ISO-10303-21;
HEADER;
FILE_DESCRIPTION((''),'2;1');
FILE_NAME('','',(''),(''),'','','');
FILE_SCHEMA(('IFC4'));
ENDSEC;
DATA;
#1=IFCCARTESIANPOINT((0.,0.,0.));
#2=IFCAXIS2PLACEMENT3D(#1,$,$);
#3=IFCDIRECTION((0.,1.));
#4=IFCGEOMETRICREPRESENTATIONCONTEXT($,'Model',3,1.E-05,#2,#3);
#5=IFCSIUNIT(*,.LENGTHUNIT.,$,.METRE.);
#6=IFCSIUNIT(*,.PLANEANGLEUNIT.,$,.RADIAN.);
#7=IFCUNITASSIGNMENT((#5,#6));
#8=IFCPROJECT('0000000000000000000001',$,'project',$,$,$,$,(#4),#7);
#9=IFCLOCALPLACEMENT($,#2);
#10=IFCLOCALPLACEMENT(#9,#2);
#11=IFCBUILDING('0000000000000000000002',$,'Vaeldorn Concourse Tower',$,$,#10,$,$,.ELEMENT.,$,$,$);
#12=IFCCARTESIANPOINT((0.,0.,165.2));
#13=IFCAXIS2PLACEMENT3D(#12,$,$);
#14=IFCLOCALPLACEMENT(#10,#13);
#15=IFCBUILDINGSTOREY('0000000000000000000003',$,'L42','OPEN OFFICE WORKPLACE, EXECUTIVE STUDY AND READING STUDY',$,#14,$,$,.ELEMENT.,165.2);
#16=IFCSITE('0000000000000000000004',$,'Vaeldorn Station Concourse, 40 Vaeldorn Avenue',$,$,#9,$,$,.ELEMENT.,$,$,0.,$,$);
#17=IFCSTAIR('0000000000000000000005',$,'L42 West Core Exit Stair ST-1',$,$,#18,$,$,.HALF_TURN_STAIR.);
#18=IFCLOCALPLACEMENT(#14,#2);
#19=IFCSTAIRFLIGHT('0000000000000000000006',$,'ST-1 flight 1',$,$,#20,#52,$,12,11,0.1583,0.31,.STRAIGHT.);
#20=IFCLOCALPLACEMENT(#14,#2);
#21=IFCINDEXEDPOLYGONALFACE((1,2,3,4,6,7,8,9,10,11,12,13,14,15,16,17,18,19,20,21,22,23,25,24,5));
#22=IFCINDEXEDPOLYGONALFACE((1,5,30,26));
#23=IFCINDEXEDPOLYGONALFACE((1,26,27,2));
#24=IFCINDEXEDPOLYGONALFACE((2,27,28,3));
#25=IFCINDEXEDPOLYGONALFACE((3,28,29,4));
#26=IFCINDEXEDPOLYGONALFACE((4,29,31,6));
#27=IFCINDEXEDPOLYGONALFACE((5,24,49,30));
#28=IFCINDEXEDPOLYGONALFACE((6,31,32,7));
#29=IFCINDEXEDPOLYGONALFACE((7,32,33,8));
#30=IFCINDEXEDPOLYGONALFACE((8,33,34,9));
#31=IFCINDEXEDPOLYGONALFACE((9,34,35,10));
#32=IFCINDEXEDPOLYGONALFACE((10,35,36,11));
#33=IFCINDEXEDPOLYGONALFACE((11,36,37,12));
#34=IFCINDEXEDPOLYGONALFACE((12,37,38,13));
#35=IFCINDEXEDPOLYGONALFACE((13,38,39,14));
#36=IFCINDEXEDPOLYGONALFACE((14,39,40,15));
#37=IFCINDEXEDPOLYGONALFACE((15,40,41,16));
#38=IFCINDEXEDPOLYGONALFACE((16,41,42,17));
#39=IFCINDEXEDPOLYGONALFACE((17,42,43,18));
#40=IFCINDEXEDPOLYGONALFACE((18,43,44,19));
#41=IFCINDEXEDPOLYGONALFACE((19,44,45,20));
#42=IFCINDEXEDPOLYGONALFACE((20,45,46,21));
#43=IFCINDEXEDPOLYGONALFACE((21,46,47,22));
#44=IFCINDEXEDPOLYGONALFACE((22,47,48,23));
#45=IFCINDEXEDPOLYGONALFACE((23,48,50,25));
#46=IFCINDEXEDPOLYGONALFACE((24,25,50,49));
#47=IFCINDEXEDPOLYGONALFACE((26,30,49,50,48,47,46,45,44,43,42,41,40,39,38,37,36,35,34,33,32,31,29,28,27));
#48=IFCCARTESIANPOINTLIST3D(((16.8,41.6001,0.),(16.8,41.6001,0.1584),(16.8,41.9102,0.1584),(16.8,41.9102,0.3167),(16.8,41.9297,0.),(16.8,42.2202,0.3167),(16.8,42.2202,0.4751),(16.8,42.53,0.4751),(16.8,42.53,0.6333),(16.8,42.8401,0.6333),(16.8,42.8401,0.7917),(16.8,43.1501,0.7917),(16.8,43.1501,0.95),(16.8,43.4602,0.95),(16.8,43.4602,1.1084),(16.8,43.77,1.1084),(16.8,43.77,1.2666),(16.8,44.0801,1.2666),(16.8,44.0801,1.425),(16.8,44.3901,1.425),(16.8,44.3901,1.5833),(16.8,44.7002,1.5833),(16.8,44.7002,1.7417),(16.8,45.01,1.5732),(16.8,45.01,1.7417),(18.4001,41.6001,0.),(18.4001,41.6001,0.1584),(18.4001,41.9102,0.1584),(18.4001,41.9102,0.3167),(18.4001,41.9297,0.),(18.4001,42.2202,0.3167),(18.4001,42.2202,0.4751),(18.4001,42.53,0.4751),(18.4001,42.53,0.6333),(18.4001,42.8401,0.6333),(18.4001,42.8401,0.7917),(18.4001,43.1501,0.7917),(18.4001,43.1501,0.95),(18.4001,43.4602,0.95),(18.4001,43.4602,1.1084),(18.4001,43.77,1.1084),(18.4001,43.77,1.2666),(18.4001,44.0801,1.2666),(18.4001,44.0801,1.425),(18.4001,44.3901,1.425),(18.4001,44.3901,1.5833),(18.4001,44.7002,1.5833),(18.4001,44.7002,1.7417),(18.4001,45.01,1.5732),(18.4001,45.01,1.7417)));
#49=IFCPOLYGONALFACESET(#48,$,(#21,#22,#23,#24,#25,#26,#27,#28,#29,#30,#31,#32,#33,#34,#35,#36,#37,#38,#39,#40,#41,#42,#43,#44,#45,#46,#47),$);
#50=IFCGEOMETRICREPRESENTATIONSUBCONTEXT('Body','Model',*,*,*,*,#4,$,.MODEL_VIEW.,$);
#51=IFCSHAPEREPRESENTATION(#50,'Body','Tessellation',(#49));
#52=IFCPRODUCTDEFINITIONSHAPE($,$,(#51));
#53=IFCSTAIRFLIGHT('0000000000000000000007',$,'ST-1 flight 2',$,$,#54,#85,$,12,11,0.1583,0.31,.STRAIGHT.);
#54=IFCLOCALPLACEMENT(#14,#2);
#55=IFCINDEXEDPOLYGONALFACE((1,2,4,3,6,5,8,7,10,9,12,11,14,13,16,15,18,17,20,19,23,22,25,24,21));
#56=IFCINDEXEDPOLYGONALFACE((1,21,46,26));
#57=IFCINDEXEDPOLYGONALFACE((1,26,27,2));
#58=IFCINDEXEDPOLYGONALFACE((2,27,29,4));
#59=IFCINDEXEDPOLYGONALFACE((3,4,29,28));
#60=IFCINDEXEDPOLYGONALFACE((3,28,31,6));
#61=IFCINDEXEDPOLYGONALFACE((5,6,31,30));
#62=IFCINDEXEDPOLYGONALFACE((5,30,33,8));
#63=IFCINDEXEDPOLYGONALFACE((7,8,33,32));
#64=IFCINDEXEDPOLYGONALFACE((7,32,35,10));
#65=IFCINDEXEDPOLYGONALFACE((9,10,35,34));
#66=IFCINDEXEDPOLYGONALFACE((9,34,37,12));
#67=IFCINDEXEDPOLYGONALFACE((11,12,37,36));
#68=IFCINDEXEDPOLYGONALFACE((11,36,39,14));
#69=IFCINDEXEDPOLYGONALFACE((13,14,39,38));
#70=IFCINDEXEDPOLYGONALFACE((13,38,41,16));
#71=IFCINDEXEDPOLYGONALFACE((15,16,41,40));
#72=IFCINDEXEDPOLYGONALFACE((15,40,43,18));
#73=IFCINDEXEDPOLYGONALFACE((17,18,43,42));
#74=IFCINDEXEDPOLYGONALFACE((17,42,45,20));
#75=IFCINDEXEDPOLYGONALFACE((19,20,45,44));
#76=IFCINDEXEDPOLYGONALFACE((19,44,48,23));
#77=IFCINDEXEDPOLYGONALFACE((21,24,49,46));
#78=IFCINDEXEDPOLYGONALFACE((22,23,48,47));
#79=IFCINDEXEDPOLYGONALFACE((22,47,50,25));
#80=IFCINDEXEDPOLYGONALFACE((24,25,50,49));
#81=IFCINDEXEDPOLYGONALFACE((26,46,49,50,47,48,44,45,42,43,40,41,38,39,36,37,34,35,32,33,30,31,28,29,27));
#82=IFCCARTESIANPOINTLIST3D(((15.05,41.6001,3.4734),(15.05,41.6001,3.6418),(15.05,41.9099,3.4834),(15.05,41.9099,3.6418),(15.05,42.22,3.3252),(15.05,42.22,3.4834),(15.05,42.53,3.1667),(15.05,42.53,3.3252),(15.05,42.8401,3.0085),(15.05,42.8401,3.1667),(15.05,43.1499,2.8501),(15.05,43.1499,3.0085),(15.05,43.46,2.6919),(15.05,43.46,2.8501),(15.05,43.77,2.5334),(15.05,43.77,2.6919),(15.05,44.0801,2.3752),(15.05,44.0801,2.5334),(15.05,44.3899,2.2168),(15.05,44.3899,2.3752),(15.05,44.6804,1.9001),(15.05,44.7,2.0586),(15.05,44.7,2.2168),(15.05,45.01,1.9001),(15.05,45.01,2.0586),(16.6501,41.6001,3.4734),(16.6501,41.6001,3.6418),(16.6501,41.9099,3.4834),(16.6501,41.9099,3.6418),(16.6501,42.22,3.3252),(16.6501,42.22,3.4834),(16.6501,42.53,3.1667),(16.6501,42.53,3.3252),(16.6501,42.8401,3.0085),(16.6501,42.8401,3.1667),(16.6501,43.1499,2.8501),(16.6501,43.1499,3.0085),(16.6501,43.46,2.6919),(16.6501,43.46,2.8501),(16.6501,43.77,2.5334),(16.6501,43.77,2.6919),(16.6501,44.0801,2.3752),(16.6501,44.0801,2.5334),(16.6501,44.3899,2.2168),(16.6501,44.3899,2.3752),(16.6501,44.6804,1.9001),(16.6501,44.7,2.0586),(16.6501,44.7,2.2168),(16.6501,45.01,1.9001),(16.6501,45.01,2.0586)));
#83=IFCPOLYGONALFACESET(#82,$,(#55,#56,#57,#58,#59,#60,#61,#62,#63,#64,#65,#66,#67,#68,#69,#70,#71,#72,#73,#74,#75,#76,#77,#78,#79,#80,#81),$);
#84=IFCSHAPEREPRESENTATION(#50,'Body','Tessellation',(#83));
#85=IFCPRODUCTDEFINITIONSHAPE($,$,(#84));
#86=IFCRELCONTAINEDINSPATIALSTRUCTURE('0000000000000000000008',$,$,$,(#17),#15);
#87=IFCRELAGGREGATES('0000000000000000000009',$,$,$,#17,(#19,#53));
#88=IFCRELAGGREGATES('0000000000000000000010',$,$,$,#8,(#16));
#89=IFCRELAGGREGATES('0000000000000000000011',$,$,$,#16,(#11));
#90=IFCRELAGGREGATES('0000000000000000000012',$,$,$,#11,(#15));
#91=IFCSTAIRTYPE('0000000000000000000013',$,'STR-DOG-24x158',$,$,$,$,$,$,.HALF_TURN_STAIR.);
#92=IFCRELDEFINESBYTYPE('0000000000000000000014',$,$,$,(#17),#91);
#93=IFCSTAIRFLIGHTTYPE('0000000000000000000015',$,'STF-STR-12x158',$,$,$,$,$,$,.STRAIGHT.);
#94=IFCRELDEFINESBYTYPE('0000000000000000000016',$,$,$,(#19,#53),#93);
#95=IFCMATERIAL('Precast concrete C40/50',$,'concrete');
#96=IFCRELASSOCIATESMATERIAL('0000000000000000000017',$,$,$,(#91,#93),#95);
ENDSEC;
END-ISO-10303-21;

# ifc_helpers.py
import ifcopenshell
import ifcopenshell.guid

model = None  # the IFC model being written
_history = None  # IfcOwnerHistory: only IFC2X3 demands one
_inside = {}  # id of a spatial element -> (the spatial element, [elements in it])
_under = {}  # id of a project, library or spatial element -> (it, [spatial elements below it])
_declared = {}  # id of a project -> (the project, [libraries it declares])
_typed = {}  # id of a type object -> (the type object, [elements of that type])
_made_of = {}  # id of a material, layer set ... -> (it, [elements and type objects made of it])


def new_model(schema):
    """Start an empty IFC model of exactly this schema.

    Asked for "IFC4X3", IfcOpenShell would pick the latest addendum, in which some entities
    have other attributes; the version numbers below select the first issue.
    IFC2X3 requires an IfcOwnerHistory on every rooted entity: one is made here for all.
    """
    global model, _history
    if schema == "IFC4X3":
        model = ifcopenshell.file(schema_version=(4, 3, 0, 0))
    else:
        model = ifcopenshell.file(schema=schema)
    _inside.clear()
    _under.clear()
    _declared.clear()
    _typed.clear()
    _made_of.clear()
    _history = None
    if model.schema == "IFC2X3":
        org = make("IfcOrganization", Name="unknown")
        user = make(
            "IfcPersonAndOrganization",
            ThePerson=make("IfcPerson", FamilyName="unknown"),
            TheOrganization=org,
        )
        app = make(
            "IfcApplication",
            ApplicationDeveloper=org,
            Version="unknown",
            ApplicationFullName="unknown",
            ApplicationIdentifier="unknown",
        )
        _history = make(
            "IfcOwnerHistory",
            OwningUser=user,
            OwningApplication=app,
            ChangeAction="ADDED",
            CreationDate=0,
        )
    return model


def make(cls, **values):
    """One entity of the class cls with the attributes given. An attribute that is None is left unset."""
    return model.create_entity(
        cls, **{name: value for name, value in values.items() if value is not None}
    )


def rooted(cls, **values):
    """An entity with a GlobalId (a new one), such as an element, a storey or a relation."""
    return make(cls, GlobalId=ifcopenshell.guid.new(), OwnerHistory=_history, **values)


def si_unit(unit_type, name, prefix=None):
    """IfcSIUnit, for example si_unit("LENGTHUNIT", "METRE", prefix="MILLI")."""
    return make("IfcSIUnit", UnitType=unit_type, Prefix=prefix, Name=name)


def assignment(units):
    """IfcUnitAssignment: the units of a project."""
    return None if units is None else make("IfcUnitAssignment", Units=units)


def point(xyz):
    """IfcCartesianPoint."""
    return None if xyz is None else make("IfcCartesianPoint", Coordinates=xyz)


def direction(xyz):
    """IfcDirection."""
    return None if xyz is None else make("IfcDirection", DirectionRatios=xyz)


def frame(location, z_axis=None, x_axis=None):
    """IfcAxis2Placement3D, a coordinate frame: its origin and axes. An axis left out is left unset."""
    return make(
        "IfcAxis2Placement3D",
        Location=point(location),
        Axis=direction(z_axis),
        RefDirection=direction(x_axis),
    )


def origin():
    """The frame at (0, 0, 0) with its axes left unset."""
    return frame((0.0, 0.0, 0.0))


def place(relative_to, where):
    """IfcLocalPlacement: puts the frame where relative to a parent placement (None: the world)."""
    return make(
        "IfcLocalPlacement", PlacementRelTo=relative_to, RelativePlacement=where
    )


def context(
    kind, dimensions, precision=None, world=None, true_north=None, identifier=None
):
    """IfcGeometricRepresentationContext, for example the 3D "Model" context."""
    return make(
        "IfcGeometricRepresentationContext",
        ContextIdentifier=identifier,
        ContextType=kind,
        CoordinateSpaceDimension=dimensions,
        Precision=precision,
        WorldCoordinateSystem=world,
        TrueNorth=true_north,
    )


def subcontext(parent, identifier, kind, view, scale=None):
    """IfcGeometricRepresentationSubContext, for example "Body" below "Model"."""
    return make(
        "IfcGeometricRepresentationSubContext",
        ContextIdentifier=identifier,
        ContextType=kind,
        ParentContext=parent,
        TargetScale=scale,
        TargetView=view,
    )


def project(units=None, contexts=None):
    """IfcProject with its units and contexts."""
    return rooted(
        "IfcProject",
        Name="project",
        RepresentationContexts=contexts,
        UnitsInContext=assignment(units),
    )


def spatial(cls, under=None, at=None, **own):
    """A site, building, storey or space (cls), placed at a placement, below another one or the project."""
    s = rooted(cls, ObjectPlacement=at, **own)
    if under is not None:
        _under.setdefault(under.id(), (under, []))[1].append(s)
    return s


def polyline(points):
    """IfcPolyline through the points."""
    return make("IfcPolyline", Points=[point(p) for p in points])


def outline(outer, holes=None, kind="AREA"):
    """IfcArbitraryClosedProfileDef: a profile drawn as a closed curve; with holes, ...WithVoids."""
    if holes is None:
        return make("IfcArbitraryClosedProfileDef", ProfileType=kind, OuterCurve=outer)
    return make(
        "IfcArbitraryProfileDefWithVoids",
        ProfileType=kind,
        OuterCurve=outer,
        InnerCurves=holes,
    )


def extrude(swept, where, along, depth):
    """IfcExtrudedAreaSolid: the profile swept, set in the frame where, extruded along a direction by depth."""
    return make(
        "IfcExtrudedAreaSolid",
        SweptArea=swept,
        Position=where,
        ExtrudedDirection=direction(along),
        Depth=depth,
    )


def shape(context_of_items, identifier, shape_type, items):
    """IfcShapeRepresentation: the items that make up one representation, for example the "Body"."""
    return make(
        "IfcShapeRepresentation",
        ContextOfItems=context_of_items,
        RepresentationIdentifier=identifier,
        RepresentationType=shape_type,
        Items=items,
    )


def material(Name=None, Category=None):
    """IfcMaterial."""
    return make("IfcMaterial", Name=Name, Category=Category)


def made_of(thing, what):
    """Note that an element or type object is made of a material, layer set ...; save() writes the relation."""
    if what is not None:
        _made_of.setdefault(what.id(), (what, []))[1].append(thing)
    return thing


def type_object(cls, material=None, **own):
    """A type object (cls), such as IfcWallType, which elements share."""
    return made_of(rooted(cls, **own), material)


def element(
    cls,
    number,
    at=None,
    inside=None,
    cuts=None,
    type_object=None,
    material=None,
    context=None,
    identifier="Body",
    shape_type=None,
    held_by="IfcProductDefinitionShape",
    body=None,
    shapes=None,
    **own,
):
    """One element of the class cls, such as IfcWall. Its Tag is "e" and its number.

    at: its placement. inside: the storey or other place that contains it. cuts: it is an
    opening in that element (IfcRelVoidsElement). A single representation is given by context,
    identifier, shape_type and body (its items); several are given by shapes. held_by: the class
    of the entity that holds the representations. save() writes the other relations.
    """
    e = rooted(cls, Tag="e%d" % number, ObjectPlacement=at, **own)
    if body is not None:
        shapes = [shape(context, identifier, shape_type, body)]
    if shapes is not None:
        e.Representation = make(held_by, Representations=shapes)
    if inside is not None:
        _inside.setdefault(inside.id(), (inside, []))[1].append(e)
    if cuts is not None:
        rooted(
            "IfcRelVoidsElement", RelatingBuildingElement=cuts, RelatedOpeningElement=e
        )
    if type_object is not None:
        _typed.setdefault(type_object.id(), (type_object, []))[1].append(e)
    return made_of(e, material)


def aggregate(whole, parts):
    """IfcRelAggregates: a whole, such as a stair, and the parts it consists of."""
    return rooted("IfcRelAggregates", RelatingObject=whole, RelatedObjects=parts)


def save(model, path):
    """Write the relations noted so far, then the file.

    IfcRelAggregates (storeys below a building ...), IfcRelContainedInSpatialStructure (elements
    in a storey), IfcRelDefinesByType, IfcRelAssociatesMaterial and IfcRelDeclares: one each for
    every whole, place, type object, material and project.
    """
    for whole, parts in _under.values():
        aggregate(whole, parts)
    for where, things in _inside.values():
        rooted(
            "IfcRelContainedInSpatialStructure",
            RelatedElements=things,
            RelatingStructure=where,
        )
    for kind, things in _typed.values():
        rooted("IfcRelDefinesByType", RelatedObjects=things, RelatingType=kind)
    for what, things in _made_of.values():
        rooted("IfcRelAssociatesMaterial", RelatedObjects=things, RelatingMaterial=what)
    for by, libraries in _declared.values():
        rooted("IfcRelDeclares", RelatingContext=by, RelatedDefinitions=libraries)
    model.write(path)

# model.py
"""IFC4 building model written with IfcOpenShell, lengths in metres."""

from ifc_helpers import new_model, si_unit, direction, frame, origin, place, context, subcontext, project, spatial, polyline, outline, extrude, material, type_object, element, aggregate, save


model = new_model("IFC4")

# Units and contexts
model_context = context("Model", 3, precision=1e-05, world=origin(), true_north=direction((0.0, 1.0)))
body_context = subcontext(model_context, "Body", "Model", "MODEL_VIEW")
ifc_project = project(units=[si_unit("LENGTHUNIT", "METRE"), si_unit("PLANEANGLEUNIT", "RADIAN")], contexts=[model_context])

# Site, building, storey
site_placement = place(None, origin())
site = spatial("IfcSite", under=ifc_project, at=site_placement, Name="Vaeldorn Station Concourse, 40 Vaeldorn Avenue", CompositionType="ELEMENT", RefElevation=0.0)
building_placement = place(site_placement, origin())
building = spatial("IfcBuilding", under=site, at=building_placement, Name="Vaeldorn Concourse Tower", CompositionType="ELEMENT")
storey_placement = place(building_placement, frame((0.0, 0.0, 165.2)))
storey = spatial("IfcBuildingStorey", under=building, at=storey_placement, Name="L42", Description="OPEN OFFICE WORKPLACE, EXECUTIVE STUDY AND READING STUDY", CompositionType="ELEMENT", Elevation=165.2)

# Stair, stair flights
ifc_material_1 = material(Name="Precast concrete C40/50", Category="concrete")
stair_type = type_object("IfcStairType", Name="STR-DOG-24x158", PredefinedType="HALF_TURN_STAIR", material=ifc_material_1)
stair_placement = place(storey_placement, origin())
stair = element("IfcStair", 1, at=stair_placement, inside=storey, type_object=stair_type, Name="L42 West Core Exit Stair ST-1", PredefinedType="HALF_TURN_STAIR")
stair_flight_type = type_object("IfcStairFlightType", Name="STF-STR-12x158", PredefinedType="STRAIGHT", material=ifc_material_1)
stair_flight_1_placement = place(storey_placement, frame((17.6001, 41.6001, 0.0), z_axis=(0.0, 0.0, 1.0), x_axis=(0.0, 1.0, 0.0)))
stair_flight_1 = element("IfcStairFlight", 2, at=stair_flight_1_placement, type_object=stair_flight_type, Name="ST-1 flight 1", NumberOfRisers=12, NumberOfTreads=11, PredefinedType="STRAIGHT", RiserHeight=0.1583, TreadLength=0.31, context=body_context, shape_type="SweptSolid", body=[
    extrude(outline(polyline([(0.0, 0.0), (0.0, 0.1584), (0.3101, 0.1584), (0.3101, 0.3167), (0.6201, 0.3167), (0.6201, 0.4751), (0.9299, 0.4751), (0.9299, 0.6333), (1.24, 0.6333), (1.24, 0.7917), (1.55, 0.7917), (1.55, 0.95), (1.8601, 0.95), (1.8601, 1.1084), (2.1699, 1.1084), (2.1699, 1.2666), (2.48, 1.2666), (2.48, 1.425), (2.79, 1.425), (2.79, 1.5833), (3.1001, 1.5833), (3.1001, 1.7417), (3.4099, 1.7417), (3.4099, 1.8999), (3.4099, 1.5732), (0.3296, 0.0), (0.0, 0.0)])), frame((0.0, 0.8, 0.0), z_axis=(0.0, -1.0, 0.0), x_axis=(1.0, 0.0, 0.0)), (0.0, 0.0, 1.0), 1.6001),
])
stair_flight_2_placement = place(storey_placement, frame((15.8501, 45.01, 1.9001), z_axis=(0.0, 0.0, 1.0), x_axis=(0.0, -1.0, 0.0)))
stair_flight_2 = element("IfcStairFlight", 3, at=stair_flight_2_placement, type_object=stair_flight_type, Name="ST-1 flight 2", NumberOfRisers=12, NumberOfTreads=11, PredefinedType="STRAIGHT", RiserHeight=0.1583, TreadLength=0.31, context=body_context, shape_type="SweptSolid", body=[
    extrude(outline(polyline([(0.0, 0.0), (0.0, 0.1584), (0.3101, 0.1584), (0.3101, 0.3167), (0.6201, 0.3167), (0.6201, 0.4751), (0.9299, 0.4751), (0.9299, 0.6333), (1.24, 0.6333), (1.24, 0.7917), (1.55, 0.7917), (1.55, 0.95), (1.8601, 0.95), (1.8601, 1.1084), (2.1699, 1.1084), (2.1699, 1.2666), (2.48, 1.2666), (2.48, 1.425), (2.79, 1.425), (2.79, 1.5833), (3.1001, 1.5833), (3.1001, 1.7417), (3.4099, 1.7417), (3.4099, 1.8999), (3.4099, 1.5732), (0.3296, 0.0), (0.0, 0.0)])), frame((0.0, 0.8, 0.0), z_axis=(0.0, -1.0, 0.0), x_axis=(1.0, 0.0, 0.0)), (0.0, 0.0, 1.0), 1.6001),
])
aggregate(stair, [stair_flight_1, stair_flight_2])

save(model, "model.ifc")
